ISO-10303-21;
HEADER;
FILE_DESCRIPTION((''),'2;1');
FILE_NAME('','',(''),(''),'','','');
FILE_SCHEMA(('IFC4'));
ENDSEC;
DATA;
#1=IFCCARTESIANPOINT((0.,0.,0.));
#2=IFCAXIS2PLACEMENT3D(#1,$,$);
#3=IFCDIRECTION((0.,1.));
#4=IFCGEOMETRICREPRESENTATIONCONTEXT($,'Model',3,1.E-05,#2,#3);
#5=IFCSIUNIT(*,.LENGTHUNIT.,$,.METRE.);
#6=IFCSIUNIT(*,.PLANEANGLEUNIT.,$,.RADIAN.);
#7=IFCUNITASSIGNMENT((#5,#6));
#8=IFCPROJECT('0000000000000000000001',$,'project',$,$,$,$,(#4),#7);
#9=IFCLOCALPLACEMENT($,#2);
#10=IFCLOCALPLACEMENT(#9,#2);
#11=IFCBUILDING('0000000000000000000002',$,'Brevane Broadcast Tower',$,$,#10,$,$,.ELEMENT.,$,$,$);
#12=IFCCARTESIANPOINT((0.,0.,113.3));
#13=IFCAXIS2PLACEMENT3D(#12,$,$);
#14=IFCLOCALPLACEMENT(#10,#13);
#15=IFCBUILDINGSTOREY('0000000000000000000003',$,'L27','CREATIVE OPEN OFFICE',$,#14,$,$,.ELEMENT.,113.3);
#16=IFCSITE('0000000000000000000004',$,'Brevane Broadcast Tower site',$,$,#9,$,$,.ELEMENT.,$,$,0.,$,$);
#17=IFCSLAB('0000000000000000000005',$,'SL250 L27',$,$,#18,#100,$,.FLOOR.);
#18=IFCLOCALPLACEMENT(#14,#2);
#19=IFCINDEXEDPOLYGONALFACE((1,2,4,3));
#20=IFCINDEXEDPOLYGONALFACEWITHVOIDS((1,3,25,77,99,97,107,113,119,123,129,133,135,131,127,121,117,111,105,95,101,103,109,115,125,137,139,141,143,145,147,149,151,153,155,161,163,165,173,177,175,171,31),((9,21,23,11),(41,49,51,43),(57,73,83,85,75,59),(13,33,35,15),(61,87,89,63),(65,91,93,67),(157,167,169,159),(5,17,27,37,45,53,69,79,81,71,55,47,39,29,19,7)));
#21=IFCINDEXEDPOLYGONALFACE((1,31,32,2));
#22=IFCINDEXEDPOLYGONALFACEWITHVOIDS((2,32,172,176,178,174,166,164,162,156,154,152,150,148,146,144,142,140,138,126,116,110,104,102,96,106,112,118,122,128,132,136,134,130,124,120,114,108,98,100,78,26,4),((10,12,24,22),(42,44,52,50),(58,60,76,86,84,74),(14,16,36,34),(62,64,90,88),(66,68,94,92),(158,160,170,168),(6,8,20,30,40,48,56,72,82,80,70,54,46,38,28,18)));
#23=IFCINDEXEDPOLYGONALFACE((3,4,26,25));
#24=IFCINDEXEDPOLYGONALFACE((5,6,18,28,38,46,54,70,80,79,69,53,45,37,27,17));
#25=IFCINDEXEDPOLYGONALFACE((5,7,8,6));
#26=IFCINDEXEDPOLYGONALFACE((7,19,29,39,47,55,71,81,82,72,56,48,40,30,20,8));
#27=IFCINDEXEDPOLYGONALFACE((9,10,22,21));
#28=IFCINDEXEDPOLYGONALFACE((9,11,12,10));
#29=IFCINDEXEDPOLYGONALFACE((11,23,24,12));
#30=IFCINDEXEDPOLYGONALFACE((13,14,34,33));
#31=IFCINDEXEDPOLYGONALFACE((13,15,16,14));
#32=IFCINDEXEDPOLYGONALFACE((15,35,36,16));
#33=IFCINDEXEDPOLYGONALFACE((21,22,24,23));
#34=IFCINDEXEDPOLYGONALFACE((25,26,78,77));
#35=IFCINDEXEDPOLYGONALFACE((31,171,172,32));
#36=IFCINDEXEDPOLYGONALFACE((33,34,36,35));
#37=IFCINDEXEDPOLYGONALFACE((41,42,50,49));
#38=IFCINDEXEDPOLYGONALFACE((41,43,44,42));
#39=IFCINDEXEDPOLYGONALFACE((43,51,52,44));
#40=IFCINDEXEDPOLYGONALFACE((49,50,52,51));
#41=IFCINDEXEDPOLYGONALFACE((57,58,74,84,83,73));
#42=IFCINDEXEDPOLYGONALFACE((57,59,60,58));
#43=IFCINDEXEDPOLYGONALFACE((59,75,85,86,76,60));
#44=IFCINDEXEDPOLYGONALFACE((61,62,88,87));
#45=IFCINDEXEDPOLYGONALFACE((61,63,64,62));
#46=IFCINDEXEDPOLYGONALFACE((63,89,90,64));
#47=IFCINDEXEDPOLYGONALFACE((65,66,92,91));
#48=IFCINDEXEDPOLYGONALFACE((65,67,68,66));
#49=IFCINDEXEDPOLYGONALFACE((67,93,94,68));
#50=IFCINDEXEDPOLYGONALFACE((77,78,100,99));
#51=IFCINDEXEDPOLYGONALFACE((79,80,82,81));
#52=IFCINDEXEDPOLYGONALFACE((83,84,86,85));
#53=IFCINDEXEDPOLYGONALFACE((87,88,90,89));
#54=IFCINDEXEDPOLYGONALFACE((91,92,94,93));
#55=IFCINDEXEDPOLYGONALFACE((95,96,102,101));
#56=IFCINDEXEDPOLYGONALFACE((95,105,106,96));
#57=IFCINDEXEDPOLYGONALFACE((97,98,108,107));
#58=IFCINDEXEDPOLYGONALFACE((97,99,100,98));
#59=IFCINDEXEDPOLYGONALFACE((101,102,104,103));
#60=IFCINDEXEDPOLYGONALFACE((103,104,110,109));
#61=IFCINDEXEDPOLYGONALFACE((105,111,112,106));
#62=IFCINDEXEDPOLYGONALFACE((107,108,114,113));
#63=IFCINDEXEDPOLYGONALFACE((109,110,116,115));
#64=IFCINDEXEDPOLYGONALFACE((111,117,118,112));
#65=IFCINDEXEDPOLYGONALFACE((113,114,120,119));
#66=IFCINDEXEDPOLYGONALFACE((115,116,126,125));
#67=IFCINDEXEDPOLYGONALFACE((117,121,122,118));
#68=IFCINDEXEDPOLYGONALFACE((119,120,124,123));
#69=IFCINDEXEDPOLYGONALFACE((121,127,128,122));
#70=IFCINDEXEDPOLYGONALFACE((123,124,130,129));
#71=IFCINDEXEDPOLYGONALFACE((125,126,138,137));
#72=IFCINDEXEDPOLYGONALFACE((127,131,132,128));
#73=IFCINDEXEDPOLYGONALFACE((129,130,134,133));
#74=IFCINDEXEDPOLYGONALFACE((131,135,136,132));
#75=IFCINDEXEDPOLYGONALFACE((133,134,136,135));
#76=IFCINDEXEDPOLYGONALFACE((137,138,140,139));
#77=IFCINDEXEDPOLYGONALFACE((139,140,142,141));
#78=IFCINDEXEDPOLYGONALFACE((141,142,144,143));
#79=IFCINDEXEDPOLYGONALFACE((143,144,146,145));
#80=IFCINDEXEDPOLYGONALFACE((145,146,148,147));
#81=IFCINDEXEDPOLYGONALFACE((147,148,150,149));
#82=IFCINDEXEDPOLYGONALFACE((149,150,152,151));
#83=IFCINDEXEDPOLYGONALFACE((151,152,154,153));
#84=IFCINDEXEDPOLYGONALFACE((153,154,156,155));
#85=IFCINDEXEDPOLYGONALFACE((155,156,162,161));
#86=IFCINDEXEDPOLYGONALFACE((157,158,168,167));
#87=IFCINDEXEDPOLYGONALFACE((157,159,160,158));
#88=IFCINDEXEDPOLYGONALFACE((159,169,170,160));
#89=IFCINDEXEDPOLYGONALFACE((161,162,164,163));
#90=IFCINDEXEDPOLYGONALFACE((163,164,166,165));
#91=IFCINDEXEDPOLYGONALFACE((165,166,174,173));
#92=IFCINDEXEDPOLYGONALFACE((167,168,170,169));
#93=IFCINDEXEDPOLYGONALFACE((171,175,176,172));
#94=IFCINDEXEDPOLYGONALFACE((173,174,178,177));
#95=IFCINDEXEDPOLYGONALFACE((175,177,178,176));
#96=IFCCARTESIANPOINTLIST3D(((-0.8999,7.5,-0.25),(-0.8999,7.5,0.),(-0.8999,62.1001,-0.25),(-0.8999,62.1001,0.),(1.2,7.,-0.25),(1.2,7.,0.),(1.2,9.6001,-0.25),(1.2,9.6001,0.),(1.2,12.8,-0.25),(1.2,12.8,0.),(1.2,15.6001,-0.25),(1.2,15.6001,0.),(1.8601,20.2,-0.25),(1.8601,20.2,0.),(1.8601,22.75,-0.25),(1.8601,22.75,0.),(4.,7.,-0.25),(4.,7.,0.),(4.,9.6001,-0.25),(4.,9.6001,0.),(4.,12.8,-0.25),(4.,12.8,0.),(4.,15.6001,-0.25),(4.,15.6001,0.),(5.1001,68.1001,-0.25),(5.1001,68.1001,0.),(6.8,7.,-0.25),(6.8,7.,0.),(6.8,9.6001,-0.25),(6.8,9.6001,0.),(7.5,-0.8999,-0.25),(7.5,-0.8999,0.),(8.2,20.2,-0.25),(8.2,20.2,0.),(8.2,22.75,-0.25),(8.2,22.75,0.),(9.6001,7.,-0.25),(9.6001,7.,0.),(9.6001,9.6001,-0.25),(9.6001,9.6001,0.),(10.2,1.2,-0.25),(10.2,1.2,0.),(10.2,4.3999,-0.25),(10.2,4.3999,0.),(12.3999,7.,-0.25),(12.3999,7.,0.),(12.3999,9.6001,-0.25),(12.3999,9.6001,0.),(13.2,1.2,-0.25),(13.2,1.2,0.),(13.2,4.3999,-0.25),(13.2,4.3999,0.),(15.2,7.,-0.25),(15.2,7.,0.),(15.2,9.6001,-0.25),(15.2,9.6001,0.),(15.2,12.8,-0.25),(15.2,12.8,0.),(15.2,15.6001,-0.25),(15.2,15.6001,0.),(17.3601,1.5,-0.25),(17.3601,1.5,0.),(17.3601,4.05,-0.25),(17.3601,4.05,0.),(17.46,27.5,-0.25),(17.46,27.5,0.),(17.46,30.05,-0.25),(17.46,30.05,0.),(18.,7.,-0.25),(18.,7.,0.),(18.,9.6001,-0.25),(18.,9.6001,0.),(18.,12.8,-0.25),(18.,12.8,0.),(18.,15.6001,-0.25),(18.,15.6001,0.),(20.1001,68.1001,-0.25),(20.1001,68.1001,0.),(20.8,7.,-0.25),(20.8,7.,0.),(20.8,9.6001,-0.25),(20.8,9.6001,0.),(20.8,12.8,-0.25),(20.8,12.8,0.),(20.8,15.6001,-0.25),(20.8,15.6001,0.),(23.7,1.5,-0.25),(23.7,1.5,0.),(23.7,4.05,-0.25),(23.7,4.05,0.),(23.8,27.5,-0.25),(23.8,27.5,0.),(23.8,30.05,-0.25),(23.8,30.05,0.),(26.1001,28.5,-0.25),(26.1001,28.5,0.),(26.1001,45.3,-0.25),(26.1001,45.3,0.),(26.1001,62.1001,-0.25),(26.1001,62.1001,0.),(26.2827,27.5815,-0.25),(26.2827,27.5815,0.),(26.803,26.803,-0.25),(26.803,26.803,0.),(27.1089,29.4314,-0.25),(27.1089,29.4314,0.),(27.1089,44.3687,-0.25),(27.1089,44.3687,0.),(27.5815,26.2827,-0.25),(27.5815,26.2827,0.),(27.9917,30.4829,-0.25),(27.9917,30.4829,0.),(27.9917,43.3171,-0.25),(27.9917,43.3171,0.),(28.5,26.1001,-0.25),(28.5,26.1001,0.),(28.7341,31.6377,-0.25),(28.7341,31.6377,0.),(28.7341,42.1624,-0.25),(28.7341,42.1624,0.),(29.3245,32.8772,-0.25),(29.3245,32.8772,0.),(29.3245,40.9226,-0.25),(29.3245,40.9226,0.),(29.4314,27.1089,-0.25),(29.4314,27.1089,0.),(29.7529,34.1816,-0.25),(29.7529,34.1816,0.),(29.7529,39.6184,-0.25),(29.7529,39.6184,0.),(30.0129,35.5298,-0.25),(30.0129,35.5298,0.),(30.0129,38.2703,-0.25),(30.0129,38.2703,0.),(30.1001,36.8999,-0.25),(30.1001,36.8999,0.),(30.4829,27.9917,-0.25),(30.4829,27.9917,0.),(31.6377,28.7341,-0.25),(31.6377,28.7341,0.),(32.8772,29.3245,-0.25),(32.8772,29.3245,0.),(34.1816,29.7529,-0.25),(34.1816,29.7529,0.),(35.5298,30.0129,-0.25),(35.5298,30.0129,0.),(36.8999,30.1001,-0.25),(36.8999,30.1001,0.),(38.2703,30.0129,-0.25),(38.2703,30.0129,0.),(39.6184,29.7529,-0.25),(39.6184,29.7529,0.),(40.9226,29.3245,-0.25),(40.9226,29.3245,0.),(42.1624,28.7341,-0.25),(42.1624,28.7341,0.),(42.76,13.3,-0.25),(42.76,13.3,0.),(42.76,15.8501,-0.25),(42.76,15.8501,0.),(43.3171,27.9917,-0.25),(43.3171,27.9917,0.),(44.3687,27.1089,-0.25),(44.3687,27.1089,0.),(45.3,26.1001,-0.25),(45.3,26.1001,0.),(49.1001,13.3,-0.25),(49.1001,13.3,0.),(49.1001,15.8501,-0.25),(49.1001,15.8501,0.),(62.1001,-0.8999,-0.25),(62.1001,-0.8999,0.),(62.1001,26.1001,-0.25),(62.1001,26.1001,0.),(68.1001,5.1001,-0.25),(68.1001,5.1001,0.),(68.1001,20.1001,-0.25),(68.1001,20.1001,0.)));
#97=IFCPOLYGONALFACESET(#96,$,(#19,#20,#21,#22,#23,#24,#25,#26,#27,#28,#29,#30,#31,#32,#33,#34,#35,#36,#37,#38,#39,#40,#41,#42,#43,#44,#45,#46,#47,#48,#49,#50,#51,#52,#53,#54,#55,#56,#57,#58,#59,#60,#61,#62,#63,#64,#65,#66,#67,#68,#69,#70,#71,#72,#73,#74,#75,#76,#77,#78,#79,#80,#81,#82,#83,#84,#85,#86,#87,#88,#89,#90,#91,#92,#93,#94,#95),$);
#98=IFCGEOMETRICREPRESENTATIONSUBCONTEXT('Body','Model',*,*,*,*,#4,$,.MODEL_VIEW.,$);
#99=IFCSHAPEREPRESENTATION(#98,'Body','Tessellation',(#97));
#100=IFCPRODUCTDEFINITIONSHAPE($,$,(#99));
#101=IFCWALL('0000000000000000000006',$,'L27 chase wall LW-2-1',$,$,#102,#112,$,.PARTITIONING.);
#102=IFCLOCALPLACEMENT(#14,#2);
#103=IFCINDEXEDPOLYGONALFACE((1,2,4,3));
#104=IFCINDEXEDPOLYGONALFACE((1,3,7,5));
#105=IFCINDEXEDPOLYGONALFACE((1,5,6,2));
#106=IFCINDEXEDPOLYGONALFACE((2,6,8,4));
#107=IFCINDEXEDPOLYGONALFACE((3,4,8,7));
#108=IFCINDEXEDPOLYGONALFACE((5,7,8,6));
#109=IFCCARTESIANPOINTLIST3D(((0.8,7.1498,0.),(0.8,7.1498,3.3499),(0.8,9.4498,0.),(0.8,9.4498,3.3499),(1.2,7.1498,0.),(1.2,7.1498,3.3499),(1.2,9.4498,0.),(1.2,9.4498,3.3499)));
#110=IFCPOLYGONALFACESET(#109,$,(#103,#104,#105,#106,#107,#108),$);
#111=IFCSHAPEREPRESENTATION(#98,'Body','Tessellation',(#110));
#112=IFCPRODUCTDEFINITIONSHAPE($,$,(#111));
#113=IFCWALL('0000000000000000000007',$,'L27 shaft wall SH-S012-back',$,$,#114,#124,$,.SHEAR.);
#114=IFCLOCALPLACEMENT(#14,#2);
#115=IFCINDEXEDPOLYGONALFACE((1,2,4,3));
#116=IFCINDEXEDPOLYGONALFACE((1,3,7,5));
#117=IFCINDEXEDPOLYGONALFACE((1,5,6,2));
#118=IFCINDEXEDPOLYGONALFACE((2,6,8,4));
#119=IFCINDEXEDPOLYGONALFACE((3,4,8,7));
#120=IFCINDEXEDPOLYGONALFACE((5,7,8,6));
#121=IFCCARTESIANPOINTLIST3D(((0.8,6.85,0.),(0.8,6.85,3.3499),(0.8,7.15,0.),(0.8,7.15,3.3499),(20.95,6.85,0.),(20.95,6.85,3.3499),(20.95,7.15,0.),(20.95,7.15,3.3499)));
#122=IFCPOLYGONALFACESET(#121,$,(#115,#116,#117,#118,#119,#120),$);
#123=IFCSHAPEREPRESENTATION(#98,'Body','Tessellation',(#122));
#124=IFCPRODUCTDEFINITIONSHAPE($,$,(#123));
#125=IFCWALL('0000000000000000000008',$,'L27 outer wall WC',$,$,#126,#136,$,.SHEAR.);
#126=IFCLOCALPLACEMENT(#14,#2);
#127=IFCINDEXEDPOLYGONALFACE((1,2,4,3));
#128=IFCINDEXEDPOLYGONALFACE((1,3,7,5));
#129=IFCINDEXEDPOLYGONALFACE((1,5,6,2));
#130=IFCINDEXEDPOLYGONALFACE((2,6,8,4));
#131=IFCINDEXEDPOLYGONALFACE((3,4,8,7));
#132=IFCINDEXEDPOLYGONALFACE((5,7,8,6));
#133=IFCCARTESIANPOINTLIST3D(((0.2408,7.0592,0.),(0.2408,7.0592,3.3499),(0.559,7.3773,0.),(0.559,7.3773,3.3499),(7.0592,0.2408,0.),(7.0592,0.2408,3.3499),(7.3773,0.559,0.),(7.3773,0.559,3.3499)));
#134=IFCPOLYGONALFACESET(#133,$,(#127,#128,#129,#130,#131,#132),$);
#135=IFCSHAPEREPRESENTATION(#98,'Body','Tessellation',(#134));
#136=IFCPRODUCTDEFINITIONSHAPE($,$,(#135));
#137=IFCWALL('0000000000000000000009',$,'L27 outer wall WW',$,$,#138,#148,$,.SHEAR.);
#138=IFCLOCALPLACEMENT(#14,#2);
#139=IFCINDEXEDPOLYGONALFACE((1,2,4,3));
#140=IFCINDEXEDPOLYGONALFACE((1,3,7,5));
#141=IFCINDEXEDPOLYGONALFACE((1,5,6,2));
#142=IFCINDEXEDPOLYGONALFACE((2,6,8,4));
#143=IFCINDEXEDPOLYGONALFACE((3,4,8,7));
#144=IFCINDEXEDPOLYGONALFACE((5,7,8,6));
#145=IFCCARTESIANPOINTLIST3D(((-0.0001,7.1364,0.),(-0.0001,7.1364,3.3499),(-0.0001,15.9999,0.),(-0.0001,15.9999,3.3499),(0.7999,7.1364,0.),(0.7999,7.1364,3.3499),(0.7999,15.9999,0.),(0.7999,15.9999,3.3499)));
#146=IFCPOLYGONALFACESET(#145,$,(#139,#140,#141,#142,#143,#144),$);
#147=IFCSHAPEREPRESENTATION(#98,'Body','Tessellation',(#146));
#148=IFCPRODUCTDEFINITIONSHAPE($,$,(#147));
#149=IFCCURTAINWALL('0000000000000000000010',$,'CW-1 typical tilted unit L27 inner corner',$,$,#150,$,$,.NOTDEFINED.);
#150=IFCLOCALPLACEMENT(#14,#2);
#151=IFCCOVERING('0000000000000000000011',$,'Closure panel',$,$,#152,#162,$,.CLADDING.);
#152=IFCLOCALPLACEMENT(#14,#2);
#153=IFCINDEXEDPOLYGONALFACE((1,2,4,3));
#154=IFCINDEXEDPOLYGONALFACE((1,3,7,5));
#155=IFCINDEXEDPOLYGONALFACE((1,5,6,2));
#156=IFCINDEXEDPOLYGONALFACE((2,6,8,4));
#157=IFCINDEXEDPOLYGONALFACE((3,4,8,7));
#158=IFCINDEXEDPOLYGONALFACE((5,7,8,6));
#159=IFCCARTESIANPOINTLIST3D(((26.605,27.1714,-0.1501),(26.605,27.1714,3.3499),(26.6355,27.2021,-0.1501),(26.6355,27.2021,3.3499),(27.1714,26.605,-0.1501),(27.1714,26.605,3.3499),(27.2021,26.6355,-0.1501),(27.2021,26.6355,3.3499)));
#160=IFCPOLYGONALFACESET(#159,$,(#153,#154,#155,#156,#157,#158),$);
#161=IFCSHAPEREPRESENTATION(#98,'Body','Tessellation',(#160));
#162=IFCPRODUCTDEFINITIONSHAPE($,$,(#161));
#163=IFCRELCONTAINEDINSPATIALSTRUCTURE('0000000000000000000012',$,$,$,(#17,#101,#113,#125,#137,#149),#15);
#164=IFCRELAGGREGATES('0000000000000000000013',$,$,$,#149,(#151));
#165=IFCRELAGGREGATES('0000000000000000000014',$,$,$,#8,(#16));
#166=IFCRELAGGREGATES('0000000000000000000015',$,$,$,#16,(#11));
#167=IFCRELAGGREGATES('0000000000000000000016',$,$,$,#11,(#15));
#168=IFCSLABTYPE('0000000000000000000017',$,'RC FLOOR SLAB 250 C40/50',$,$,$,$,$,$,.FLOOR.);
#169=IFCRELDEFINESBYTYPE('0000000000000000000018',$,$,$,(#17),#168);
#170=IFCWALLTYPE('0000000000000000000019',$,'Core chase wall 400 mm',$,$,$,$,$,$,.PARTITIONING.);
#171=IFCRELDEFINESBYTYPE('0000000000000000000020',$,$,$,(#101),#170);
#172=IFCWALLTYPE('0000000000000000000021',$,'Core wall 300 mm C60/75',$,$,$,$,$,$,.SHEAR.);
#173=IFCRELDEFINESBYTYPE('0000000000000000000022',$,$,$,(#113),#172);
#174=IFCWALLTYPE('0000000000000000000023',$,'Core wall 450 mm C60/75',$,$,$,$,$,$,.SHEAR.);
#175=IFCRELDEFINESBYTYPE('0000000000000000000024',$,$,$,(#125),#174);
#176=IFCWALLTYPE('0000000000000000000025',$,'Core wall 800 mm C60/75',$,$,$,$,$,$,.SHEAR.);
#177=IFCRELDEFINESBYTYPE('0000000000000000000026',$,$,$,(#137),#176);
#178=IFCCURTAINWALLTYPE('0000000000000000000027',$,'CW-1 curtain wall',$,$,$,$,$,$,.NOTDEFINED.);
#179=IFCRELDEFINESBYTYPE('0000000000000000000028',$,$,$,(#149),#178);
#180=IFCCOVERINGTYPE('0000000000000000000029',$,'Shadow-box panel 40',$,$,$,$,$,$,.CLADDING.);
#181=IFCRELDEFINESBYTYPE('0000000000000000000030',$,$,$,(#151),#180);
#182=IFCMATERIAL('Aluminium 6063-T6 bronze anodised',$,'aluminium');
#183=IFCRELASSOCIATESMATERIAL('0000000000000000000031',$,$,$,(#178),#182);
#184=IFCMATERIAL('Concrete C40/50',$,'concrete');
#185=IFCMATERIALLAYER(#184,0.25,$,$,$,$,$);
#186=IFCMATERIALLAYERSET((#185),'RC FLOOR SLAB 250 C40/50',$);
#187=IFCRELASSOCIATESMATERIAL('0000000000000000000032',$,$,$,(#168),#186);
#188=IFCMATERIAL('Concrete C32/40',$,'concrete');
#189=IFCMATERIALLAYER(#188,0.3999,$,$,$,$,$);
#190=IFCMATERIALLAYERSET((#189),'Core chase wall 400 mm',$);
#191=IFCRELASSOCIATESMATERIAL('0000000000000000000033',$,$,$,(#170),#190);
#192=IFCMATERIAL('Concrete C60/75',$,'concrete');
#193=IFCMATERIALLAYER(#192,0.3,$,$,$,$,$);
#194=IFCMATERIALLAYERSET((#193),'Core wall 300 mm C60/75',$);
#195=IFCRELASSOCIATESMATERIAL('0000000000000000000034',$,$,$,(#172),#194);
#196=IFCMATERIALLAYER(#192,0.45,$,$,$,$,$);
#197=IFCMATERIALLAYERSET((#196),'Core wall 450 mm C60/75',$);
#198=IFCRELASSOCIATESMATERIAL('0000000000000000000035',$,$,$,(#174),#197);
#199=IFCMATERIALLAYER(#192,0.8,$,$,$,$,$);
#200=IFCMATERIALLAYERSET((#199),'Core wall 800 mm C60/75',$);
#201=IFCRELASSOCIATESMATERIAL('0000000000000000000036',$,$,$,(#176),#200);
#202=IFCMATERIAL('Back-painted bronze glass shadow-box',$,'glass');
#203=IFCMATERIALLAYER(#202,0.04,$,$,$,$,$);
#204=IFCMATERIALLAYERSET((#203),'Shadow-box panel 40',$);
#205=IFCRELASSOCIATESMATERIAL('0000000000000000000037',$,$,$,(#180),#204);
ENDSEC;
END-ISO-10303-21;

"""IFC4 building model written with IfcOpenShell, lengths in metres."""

from ifc_helpers import new_model, si_unit, direction, frame, frame_2d, origin, place, context, subcontext, project, spatial, polyline, rectangle, outline, extrude, material, layer, layer_set, type_object, element, aggregate, save


model = new_model("IFC4")

# Units and contexts
model_context = context("Model", 3, precision=1e-05, world=origin(), true_north=direction((0.0, 1.0)))
body_context = subcontext(model_context, "Body", "Model", "MODEL_VIEW")
ifc_project = project(units=[si_unit("LENGTHUNIT", "METRE"), si_unit("PLANEANGLEUNIT", "RADIAN")], contexts=[model_context])

# Site, building, storey
site_placement = place(None, origin())
site = spatial("IfcSite", under=ifc_project, at=site_placement, Name="Brevane Broadcast Tower site", CompositionType="ELEMENT", RefElevation=0.0)
building_placement = place(site_placement, origin())
building = spatial("IfcBuilding", under=site, at=building_placement, Name="Brevane Broadcast Tower", CompositionType="ELEMENT")
storey_placement = place(building_placement, frame((0.0, 0.0, 113.3)))
storey = spatial("IfcBuildingStorey", under=building, at=storey_placement, Name="L27", Description="CREATIVE OPEN OFFICE", CompositionType="ELEMENT", Elevation=113.3)

# Shared definitions
ifc_material_1 = material(Name="Aluminium 6063-T6 bronze anodised", Category="aluminium")
curtain_wall_type = type_object("IfcCurtainWallType", Name="CW-1 curtain wall", PredefinedType="NOTDEFINED", material=ifc_material_1)

# Slab
ifc_material_2 = material(Name="Concrete C40/50", Category="concrete")
ifc_layer_1 = layer(ifc_material_2, 0.25)
ifc_layer_set_1 = layer_set([ifc_layer_1], Name="RC FLOOR SLAB 250 C40/50")
slab_type_1 = type_object("IfcSlabType", Name="RC FLOOR SLAB 250 C40/50", PredefinedType="FLOOR", material=ifc_layer_set_1)
slab_1_placement = place(storey_placement, frame((0.0, 0.0, -0.25)))
element("IfcSlab", 1, at=slab_1_placement, inside=storey, type_object=slab_type_1, Name="SL250 L27", PredefinedType="FLOOR", context=body_context, shape_type="SweptSolid", body=[
    extrude(outline(polyline([(-0.8999, 7.5), (-0.8999, 62.1001), (5.1001, 68.1001), (20.1001, 68.1001), (26.1001, 62.1001), (26.1001, 45.3), (27.1089, 44.3687), (27.9917, 43.3171), (28.7341, 42.1624), (29.3245, 40.9226), (29.7529, 39.6184), (30.0129, 38.2703), (30.1001, 36.8999), (30.0129, 35.5298), (29.7529, 34.1816), (29.3245, 32.8772), (28.7341, 31.6377), (27.9917, 30.4829), (27.1089, 29.4314), (26.1001, 28.5), (26.2827, 27.5815), (26.803, 26.803), (27.5815, 26.2827), (28.5, 26.1001), (29.4314, 27.1089), (30.4829, 27.9917), (31.6377, 28.7341), (32.8772, 29.3245), (34.1816, 29.7529), (35.5298, 30.0129), (36.8999, 30.1001), (38.2703, 30.0129), (39.6184, 29.7529), (40.9226, 29.3245), (42.1624, 28.7341), (43.3171, 27.9917), (44.3687, 27.1089), (45.3, 26.1001), (62.1001, 26.1001), (68.1001, 20.1001), (68.1001, 5.1001), (62.1001, -0.8999), (7.5, -0.8999), (-0.8999, 7.5)]), holes=[polyline([(13.2, 4.3999), (10.2, 4.3999), (10.2, 1.2), (13.2, 1.2), (13.2, 4.3999)]), polyline([(4.0, 9.6001), (1.2, 9.6001), (1.2, 7.0), (4.0, 7.0), (6.8, 7.0), (9.6001, 7.0), (12.3999, 7.0), (15.2, 7.0), (18.0, 7.0), (20.8, 7.0), (20.8, 9.6001), (18.0, 9.6001), (15.2, 9.6001), (12.3999, 9.6001), (9.6001, 9.6001), (6.8, 9.6001), (4.0, 9.6001)]), polyline([(4.0, 12.8), (4.0, 15.6001), (1.2, 15.6001), (1.2, 12.8), (4.0, 12.8)]), polyline([(8.2, 22.75), (1.8601, 22.75), (1.8601, 20.2), (8.2, 20.2), (8.2, 22.75)]), polyline([(23.7, 4.05), (17.3601, 4.05), (17.3601, 1.5), (23.7, 1.5), (23.7, 4.05)]), polyline([(18.0, 15.6001), (15.2, 15.6001), (15.2, 12.8), (18.0, 12.8), (20.8, 12.8), (20.8, 15.6001), (18.0, 15.6001)]), polyline([(49.1001, 15.8501), (42.76, 15.8501), (42.76, 13.3), (49.1001, 13.3), (49.1001, 15.8501)]), polyline([(23.8, 30.05), (17.46, 30.05), (17.46, 27.5), (23.8, 27.5), (23.8, 30.05)])]), origin(), (0.0, 0.0, 1.0), 0.25),
])

# Walls
ifc_material_3 = material(Name="Concrete C32/40", Category="concrete")
ifc_layer_2 = layer(ifc_material_3, 0.3999)
ifc_layer_set_2 = layer_set([ifc_layer_2], Name="Core chase wall 400 mm")
wall_type_1 = type_object("IfcWallType", Name="Core chase wall 400 mm", PredefinedType="PARTITIONING", material=ifc_layer_set_2)
wall_1_placement = place(storey_placement, frame((1.0, 7.1499, 0.0), z_axis=(0.0, 0.0, 1.0), x_axis=(0.0, 1.0, 0.0)))
element("IfcWall", 2, at=wall_1_placement, inside=storey, type_object=wall_type_1, Name="L27 chase wall LW-2-1", PredefinedType="PARTITIONING", context=body_context, shape_type="SweptSolid", body=[
    extrude(rectangle(XDim=2.3, YDim=0.3999, at=frame_2d((1.1499, 0.0))), origin(), (0.0, 0.0, 1.0), 3.3499),
])
ifc_material_4 = material(Name="Concrete C60/75", Category="concrete")
ifc_layer_3 = layer(ifc_material_4, 0.3)
ifc_layer_set_3 = layer_set([ifc_layer_3], Name="Core wall 300 mm C60/75")
wall_type_2 = type_object("IfcWallType", Name="Core wall 300 mm C60/75", PredefinedType="SHEAR", material=ifc_layer_set_3)
wall_2_placement = place(storey_placement, frame((0.8, 7.0, 0.0), z_axis=(0.0, 0.0, 1.0), x_axis=(1.0, 0.0, 0.0)))
element("IfcWall", 3, at=wall_2_placement, inside=storey, type_object=wall_type_2, Name="L27 shaft wall SH-S012-back", PredefinedType="SHEAR", context=body_context, shape_type="SweptSolid", body=[
    extrude(rectangle(XDim=20.1499, YDim=0.3, at=frame_2d((10.075, 0.0))), origin(), (0.0, 0.0, 1.0), 3.3499),
])
ifc_layer_4 = layer(ifc_material_4, 0.45)
ifc_layer_set_4 = layer_set([ifc_layer_4], Name="Core wall 450 mm C60/75")
wall_type_3 = type_object("IfcWallType", Name="Core wall 450 mm C60/75", PredefinedType="SHEAR", material=ifc_layer_set_4)
wall_3_placement = place(storey_placement, frame((0.3999, 7.2183, 0.0), z_axis=(0.0, 0.0, 1.0), x_axis=(0.707107, -0.707107, 0.0)))
element("IfcWall", 4, at=wall_3_placement, inside=storey, type_object=wall_type_3, Name="L27 outer wall WC", PredefinedType="SHEAR", context=body_context, shape_type="SweptSolid", body=[
    extrude(rectangle(XDim=9.6426, YDim=0.45, at=frame_2d((4.8213, 0.0))), origin(), (0.0, 0.0, 1.0), 3.3499),
])
ifc_layer_5 = layer(ifc_material_4, 0.8)
ifc_layer_set_5 = layer_set([ifc_layer_5], Name="Core wall 800 mm C60/75")
wall_type_4 = type_object("IfcWallType", Name="Core wall 800 mm C60/75", PredefinedType="SHEAR", material=ifc_layer_set_5)
wall_4_placement = place(storey_placement, frame((0.3999, 7.1365, 0.0), z_axis=(0.0, 0.0, 1.0), x_axis=(0.0, 1.0, 0.0)))
element("IfcWall", 5, at=wall_4_placement, inside=storey, type_object=wall_type_4, Name="L27 outer wall WW", PredefinedType="SHEAR", context=body_context, shape_type="SweptSolid", body=[
    extrude(rectangle(XDim=8.8635, YDim=0.8, at=frame_2d((4.4316, 0.0))), origin(), (0.0, 0.0, 1.0), 3.3499),
])

# Curtain wall, covering
curtain_wall_1_placement = place(storey_placement, origin())
curtain_wall_1 = element("IfcCurtainWall", 6, at=curtain_wall_1_placement, inside=storey, type_object=curtain_wall_type, Name="CW-1 typical tilted unit L27 inner corner", PredefinedType="NOTDEFINED")
ifc_material_5 = material(Name="Back-painted bronze glass shadow-box", Category="glass")
ifc_layer_6 = layer(ifc_material_5, 0.04)
ifc_layer_set_6 = layer_set([ifc_layer_6], Name="Shadow-box panel 40")
covering_type = type_object("IfcCoveringType", Name="Shadow-box panel 40", PredefinedType="CLADDING", material=ifc_layer_set_6)
covering_placement = place(storey_placement, frame((0.0, 0.0, -0.1501)))
covering = element("IfcCovering", 7, at=covering_placement, type_object=covering_type, Name="Closure panel", PredefinedType="CLADDING", context=body_context, shape_type="SweptSolid", body=[
    extrude(outline(polyline([(27.1714, 26.605), (27.2021, 26.6355), (26.6355, 27.2021), (26.605, 27.1714), (27.1714, 26.605)])), origin(), (0.0, 0.0, 1.0), 3.5),
])
aggregate(curtain_wall_1, [covering])

save(model, "model.ifc")
